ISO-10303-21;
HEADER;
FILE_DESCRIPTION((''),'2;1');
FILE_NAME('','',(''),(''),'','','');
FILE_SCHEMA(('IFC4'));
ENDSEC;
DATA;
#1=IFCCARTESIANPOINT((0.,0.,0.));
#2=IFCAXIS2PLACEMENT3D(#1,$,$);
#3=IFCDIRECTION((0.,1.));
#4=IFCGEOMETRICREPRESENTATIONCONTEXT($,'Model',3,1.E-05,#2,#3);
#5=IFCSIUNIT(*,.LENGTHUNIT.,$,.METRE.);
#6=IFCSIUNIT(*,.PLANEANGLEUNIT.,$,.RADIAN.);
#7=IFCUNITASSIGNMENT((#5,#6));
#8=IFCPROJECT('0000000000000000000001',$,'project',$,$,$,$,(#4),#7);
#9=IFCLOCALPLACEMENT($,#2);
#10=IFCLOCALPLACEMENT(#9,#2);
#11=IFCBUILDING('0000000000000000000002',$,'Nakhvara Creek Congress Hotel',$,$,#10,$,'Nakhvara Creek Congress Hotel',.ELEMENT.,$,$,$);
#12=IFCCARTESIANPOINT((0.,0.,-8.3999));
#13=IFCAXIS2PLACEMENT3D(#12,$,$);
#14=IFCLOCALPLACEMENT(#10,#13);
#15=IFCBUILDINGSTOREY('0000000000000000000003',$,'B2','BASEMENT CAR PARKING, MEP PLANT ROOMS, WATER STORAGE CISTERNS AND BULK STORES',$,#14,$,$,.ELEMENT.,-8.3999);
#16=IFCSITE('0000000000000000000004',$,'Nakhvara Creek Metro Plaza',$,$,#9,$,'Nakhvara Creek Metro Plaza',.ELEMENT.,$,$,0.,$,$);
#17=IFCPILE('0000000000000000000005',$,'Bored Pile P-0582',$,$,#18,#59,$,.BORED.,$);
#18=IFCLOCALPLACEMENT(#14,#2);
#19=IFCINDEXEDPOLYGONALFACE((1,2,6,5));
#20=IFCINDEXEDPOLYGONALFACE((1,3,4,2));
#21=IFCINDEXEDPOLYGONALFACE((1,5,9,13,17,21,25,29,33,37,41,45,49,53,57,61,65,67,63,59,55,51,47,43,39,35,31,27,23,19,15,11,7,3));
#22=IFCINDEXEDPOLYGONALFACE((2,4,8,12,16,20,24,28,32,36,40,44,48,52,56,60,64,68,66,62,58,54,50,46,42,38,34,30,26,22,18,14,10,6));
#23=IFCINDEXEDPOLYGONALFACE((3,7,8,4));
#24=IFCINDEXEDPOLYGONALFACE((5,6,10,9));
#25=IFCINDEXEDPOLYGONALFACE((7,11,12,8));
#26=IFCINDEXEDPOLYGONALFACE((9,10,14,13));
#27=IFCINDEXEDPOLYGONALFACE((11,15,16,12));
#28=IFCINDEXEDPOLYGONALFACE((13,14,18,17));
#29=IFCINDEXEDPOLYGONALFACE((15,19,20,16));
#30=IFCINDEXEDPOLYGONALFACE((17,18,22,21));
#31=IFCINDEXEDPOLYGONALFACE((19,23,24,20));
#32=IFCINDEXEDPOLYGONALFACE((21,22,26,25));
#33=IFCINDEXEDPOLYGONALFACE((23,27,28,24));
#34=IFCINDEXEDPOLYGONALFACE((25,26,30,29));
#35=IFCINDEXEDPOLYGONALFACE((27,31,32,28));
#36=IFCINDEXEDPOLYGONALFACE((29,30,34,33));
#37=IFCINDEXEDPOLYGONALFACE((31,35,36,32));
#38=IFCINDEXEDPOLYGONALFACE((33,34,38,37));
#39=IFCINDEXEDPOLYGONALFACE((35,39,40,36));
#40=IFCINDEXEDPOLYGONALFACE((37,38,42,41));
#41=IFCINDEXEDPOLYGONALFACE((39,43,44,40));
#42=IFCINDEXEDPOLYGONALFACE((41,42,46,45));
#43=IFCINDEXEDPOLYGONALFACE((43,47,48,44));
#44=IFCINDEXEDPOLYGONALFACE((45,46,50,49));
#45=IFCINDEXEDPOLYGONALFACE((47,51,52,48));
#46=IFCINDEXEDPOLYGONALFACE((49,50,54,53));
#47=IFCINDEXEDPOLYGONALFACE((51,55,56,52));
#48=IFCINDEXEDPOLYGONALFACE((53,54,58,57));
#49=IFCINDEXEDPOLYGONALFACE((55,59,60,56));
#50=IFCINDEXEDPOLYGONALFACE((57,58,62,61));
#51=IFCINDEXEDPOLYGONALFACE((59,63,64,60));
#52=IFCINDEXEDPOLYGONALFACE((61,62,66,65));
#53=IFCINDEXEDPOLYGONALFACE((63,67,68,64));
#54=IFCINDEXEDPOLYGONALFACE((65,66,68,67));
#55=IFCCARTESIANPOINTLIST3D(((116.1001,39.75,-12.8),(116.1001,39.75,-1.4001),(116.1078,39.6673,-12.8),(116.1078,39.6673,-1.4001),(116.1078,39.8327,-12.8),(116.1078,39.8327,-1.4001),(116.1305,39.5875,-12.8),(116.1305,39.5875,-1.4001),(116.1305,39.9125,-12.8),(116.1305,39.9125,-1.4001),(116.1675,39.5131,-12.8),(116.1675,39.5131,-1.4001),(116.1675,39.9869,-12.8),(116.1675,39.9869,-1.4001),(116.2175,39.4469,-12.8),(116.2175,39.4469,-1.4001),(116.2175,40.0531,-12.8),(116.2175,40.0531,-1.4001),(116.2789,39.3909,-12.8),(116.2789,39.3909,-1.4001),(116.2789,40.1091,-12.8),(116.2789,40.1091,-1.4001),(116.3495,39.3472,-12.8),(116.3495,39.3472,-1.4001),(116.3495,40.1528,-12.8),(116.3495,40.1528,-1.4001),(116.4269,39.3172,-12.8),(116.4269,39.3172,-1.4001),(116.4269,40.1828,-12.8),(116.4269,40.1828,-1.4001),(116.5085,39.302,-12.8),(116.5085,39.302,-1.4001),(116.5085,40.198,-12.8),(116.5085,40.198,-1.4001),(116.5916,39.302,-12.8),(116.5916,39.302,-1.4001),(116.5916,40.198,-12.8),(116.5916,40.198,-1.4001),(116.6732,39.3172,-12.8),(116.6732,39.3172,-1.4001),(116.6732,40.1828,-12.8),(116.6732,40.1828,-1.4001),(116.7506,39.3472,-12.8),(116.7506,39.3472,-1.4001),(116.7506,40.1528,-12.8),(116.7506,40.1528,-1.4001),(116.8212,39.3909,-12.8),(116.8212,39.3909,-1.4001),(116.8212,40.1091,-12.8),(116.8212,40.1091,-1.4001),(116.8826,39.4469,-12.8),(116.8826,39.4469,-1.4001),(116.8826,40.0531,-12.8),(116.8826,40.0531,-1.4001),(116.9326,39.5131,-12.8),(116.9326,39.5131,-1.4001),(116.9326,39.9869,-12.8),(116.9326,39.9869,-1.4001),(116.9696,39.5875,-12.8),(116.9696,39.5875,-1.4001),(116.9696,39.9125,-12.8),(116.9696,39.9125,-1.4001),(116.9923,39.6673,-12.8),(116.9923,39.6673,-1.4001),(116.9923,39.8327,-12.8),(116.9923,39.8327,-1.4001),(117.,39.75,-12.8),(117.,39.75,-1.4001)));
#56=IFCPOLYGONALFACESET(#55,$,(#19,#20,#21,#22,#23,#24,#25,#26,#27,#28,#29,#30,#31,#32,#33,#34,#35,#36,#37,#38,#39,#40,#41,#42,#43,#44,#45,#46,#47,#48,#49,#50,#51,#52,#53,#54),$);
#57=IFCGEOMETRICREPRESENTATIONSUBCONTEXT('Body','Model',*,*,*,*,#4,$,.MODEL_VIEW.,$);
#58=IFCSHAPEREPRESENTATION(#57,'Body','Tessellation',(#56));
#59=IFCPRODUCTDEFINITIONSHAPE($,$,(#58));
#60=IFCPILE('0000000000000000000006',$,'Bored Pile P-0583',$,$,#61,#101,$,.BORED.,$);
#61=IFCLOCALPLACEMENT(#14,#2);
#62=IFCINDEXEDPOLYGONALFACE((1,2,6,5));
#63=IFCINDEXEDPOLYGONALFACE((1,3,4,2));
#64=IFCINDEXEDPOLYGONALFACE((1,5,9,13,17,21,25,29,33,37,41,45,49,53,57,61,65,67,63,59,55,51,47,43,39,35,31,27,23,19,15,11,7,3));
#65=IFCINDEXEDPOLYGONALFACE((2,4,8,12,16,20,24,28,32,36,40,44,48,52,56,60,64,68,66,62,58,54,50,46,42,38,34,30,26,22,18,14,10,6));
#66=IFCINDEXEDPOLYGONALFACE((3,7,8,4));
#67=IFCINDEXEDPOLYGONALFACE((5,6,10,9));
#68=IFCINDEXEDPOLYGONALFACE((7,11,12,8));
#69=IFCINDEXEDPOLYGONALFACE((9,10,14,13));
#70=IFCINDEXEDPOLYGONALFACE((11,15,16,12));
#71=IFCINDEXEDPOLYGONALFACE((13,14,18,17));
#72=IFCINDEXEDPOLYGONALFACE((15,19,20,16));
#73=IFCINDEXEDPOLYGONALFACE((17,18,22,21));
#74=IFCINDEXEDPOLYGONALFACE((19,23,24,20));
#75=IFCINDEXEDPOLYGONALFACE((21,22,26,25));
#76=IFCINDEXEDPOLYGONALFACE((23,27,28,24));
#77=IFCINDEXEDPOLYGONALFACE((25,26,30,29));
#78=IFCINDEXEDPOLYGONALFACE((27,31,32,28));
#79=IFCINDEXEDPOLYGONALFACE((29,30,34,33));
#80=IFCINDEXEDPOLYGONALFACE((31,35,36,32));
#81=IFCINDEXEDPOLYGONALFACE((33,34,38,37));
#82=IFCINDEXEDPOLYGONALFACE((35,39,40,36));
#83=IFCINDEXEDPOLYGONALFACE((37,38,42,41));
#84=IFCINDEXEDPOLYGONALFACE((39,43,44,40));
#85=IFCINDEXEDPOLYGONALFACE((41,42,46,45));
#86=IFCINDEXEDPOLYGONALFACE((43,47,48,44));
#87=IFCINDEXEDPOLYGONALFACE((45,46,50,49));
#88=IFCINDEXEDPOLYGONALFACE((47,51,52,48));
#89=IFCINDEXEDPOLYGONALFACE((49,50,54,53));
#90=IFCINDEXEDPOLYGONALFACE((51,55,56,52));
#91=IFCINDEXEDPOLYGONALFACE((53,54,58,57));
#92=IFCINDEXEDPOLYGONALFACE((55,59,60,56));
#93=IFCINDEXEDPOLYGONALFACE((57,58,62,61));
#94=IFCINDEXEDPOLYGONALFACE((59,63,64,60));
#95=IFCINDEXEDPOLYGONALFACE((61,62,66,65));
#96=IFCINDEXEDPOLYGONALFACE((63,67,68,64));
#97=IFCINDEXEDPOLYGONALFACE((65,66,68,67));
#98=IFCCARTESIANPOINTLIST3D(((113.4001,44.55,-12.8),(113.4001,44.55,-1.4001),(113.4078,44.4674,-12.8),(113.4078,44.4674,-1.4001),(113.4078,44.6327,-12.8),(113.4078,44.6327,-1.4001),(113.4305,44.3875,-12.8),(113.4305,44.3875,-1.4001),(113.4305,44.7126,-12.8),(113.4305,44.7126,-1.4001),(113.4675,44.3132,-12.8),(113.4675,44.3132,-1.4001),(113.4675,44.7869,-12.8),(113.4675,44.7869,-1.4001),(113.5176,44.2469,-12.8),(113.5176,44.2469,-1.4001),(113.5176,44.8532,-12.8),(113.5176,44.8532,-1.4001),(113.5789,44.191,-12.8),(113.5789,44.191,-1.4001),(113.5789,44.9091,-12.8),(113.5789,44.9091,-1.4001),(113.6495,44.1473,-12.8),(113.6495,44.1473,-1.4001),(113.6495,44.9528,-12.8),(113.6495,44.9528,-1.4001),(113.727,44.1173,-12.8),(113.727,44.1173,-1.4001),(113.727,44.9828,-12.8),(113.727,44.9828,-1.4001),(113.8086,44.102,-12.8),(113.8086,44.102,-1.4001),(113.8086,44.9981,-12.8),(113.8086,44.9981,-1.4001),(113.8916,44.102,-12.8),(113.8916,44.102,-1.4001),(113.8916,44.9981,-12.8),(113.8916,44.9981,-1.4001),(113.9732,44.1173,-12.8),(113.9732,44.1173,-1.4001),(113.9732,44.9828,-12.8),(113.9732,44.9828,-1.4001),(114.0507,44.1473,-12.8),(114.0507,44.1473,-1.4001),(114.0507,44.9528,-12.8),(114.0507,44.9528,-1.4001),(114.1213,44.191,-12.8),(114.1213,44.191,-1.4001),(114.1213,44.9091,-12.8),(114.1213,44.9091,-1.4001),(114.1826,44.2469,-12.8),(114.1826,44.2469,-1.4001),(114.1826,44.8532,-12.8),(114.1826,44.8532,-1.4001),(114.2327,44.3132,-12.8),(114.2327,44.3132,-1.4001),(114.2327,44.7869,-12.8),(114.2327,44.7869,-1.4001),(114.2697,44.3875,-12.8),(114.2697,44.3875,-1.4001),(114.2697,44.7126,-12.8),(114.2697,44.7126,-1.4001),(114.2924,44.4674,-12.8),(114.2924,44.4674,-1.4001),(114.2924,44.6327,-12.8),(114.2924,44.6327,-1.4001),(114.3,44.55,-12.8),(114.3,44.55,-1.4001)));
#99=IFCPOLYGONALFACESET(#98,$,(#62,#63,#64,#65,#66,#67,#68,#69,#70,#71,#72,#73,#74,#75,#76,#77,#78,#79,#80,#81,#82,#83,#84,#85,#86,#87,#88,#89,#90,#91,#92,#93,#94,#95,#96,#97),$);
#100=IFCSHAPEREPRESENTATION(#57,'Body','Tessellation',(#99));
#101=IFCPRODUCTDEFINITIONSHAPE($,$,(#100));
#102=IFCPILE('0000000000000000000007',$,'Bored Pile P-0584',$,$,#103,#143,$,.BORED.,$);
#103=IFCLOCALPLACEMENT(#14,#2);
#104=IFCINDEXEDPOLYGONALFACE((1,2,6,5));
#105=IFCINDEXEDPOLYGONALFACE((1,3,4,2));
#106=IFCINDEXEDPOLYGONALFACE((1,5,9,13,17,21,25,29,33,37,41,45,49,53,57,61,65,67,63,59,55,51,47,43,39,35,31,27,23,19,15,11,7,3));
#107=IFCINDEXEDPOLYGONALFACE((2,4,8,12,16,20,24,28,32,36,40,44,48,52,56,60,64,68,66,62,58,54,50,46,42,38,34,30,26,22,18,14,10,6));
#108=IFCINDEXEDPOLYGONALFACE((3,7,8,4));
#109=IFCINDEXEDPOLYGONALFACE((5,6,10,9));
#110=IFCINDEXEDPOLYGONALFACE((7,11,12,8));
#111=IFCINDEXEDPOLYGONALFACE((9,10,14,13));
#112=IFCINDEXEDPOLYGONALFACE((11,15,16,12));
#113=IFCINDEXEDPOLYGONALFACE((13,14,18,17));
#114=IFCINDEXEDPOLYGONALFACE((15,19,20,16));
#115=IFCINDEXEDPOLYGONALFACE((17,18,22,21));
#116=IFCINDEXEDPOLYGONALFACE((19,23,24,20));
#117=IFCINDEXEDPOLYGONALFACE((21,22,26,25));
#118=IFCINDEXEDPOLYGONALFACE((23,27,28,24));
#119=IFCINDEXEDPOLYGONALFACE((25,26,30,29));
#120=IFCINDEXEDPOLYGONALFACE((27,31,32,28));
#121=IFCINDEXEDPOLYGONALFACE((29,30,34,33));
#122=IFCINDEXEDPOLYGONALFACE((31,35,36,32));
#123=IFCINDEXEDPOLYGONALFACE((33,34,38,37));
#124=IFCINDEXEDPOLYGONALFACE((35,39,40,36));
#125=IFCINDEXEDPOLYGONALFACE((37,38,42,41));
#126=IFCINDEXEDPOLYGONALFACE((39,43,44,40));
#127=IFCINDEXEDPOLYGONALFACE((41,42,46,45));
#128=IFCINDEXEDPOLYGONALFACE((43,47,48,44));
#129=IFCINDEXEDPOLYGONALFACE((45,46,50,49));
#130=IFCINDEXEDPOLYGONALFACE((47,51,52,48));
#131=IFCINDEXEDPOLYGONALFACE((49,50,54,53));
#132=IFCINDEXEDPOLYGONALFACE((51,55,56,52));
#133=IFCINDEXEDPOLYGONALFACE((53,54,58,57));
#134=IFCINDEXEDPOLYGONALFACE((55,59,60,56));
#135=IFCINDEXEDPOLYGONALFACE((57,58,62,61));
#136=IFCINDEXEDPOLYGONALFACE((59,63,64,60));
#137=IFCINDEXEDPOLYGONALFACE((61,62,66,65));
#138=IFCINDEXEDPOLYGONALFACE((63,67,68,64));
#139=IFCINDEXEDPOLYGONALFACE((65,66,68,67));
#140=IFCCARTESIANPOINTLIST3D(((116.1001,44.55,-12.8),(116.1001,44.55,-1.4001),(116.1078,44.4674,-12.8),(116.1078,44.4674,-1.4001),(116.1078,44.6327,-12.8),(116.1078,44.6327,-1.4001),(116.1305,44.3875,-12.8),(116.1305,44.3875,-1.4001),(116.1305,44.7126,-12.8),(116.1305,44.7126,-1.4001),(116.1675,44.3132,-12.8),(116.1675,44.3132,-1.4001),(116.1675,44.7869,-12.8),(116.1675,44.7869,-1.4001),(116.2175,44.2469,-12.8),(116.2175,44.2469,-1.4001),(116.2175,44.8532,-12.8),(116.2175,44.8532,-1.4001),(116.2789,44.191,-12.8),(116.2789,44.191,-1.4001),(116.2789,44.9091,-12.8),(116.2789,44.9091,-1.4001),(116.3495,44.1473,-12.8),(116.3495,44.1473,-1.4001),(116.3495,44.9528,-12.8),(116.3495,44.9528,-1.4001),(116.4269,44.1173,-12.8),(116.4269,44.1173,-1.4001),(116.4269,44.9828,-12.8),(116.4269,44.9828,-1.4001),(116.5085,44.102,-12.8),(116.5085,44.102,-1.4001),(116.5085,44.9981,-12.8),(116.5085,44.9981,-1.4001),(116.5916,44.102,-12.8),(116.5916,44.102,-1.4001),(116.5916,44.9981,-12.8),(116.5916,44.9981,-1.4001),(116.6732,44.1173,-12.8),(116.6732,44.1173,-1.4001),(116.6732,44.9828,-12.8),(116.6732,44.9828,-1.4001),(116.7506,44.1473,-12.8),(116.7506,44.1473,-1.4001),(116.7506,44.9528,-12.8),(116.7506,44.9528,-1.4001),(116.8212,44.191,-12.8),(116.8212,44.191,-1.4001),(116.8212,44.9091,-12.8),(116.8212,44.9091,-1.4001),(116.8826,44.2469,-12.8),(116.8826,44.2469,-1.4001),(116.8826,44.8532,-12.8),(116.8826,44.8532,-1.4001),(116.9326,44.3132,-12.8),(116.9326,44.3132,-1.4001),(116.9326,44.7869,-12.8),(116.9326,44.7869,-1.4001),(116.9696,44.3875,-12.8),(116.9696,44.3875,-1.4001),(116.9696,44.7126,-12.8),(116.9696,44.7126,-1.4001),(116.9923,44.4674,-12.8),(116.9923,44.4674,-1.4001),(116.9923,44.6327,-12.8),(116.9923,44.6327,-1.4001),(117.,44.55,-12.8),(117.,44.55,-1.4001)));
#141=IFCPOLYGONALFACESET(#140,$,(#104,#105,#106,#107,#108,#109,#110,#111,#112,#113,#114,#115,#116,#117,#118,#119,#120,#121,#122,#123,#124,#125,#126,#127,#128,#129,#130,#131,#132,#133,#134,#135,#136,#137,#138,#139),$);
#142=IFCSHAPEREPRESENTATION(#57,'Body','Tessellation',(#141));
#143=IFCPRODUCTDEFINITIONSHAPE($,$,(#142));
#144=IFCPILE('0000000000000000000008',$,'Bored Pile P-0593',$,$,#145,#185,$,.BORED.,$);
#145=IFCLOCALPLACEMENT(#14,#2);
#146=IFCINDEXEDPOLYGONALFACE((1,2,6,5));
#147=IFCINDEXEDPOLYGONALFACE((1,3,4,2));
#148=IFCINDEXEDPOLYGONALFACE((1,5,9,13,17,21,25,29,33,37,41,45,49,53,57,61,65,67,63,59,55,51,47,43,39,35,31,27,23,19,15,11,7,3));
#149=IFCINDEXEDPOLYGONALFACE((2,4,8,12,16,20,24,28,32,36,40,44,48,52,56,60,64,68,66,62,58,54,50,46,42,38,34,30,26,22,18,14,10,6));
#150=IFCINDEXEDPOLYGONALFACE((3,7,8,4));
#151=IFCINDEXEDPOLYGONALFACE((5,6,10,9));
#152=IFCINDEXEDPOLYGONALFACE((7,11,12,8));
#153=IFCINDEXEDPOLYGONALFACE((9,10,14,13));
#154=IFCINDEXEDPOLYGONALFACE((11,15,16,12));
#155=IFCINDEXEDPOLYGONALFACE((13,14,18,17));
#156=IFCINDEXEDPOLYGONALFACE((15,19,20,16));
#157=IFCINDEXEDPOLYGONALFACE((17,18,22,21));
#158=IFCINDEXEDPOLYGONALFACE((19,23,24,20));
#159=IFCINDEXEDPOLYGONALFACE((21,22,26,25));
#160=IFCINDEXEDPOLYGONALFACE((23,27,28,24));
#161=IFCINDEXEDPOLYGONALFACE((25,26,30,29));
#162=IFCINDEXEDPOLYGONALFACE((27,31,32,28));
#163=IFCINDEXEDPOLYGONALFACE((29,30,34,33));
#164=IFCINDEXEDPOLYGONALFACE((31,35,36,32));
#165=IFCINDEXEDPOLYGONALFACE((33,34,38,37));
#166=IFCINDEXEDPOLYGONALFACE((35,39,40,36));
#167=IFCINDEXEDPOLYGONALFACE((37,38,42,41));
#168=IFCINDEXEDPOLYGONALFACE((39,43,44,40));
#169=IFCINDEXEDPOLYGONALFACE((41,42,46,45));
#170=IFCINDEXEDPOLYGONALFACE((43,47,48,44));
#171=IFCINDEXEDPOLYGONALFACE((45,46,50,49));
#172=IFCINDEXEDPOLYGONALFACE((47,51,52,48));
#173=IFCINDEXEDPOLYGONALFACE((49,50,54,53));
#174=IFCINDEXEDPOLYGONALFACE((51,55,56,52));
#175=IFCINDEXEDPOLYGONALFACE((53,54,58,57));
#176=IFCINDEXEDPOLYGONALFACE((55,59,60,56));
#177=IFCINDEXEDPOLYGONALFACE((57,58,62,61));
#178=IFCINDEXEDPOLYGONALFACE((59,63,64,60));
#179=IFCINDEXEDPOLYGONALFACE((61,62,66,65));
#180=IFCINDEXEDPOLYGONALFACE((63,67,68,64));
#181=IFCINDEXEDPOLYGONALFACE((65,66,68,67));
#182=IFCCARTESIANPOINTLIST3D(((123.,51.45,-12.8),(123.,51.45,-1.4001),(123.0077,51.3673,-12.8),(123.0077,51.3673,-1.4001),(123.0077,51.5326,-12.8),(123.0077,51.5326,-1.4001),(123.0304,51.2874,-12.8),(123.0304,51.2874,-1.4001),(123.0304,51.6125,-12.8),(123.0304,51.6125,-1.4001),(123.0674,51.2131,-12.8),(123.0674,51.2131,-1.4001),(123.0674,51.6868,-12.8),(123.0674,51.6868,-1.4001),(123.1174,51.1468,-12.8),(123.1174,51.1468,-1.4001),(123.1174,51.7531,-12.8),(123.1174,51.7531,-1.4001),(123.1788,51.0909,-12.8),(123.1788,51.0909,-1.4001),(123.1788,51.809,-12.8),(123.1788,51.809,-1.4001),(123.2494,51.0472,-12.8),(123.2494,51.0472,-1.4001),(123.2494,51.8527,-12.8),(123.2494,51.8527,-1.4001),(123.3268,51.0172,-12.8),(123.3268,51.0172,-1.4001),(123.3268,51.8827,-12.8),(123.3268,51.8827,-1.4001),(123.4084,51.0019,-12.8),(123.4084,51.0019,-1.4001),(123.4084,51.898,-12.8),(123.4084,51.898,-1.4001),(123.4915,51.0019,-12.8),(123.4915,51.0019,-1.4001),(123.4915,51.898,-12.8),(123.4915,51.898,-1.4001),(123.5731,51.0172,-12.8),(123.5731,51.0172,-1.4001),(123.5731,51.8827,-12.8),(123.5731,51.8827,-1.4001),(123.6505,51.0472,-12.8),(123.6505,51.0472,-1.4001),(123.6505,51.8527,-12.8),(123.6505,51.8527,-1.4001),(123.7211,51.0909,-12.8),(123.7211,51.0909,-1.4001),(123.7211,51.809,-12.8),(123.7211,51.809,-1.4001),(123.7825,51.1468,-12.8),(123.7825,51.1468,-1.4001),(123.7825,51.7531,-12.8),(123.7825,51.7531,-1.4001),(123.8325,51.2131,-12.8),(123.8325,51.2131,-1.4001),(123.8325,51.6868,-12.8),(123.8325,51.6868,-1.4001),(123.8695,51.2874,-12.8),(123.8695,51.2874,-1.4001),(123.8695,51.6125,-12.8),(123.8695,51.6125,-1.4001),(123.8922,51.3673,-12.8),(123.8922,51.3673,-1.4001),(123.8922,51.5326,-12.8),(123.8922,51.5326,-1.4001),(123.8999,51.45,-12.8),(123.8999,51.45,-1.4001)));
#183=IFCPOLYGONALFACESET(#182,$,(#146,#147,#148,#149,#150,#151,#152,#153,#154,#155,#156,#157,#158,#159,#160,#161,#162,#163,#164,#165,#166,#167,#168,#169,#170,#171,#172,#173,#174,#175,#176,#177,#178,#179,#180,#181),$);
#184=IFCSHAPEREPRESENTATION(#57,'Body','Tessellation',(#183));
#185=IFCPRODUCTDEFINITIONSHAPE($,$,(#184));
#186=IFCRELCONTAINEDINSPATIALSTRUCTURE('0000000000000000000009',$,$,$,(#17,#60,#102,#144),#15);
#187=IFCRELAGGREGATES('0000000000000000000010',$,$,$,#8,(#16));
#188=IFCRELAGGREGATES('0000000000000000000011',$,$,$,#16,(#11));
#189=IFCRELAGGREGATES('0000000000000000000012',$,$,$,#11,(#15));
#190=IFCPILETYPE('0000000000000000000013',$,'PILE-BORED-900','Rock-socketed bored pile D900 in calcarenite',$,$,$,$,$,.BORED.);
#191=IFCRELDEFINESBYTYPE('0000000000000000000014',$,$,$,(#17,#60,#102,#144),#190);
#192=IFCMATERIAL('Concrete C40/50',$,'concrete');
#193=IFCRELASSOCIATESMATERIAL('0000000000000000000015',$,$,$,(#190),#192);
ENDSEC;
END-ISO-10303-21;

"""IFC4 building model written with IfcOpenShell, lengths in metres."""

from ifc_helpers import new_model, si_unit, direction, frame, origin, origin_2d, place, context, subcontext, project, spatial, circle, extrude, material, material_profile, profile_set, type_object, element, save


model = new_model("IFC4")

# Units and contexts
model_context = context("Model", 3, precision=1e-05, world=origin(), true_north=direction((0.0, 1.0)))
body_context = subcontext(model_context, "Body", "Model", "MODEL_VIEW")
ifc_project = project(units=[si_unit("LENGTHUNIT", "METRE"), si_unit("PLANEANGLEUNIT", "RADIAN")], contexts=[model_context])

# Site, building, storey
site_placement = place(None, origin())
site = spatial("IfcSite", under=ifc_project, at=site_placement, Name="Nakhvara Creek Metro Plaza", LongName="Nakhvara Creek Metro Plaza", CompositionType="ELEMENT", RefElevation=0.0)
building_placement = place(site_placement, origin())
building = spatial("IfcBuilding", under=site, at=building_placement, Name="Nakhvara Creek Congress Hotel", LongName="Nakhvara Creek Congress Hotel", CompositionType="ELEMENT")
storey_placement = place(building_placement, frame((0.0, 0.0, -8.3999)))
storey = spatial("IfcBuildingStorey", under=building, at=storey_placement, Name="B2", Description="BASEMENT CAR PARKING, MEP PLANT ROOMS, WATER STORAGE CISTERNS AND BULK STORES", CompositionType="ELEMENT", Elevation=-8.3999)

# Shared definitions
ifc_material_1 = material(Name="Concrete C40/50", Category="concrete")

# Piles
ifc_material_profile_1 = material_profile(ifc_material_1, circle(Radius=0.45, at=origin_2d()), Name="BORED PILE D900", Category="LoadBearing")
ifc_profile_set_1 = profile_set([ifc_material_profile_1], Name="Concrete C40/50")
pile_type = type_object("IfcPileType", Name="PILE-BORED-900", Description="Rock-socketed bored pile D900 in calcarenite", PredefinedType="BORED", material=ifc_profile_set_1)
for number, where, z_axis, x_axis, name in (
    (1, (116.55, 39.75, -1.4001), (0.0, 0.0, -1.0), (1.0, 0.0, 0.0), "Bored Pile P-0582"),
    (2, (113.8501, 44.55, -1.4001), (0.0, 0.0, -1.0), (1.0, 0.0, 0.0), "Bored Pile P-0583"),
    (3, (116.55, 44.55, -1.4001), (0.0, 0.0, -1.0), (1.0, 0.0, 0.0), "Bored Pile P-0584"),
    (4, (123.45, 51.45, -1.4001), (0.0, 0.0, -1.0), (1.0, 0.0, 0.0), "Bored Pile P-0593"),
):
    element("IfcPile", number, at=place(storey_placement, frame(where, z_axis=z_axis, x_axis=x_axis)), inside=storey, type_object=pile_type, Name=name, PredefinedType="BORED", context=body_context, shape_type="SweptSolid", body=[
        extrude(circle(Radius=0.45, at=origin_2d()), origin(), (0.0, 0.0, 1.0), 11.3999),
    ])

save(model, "model.ifc")
